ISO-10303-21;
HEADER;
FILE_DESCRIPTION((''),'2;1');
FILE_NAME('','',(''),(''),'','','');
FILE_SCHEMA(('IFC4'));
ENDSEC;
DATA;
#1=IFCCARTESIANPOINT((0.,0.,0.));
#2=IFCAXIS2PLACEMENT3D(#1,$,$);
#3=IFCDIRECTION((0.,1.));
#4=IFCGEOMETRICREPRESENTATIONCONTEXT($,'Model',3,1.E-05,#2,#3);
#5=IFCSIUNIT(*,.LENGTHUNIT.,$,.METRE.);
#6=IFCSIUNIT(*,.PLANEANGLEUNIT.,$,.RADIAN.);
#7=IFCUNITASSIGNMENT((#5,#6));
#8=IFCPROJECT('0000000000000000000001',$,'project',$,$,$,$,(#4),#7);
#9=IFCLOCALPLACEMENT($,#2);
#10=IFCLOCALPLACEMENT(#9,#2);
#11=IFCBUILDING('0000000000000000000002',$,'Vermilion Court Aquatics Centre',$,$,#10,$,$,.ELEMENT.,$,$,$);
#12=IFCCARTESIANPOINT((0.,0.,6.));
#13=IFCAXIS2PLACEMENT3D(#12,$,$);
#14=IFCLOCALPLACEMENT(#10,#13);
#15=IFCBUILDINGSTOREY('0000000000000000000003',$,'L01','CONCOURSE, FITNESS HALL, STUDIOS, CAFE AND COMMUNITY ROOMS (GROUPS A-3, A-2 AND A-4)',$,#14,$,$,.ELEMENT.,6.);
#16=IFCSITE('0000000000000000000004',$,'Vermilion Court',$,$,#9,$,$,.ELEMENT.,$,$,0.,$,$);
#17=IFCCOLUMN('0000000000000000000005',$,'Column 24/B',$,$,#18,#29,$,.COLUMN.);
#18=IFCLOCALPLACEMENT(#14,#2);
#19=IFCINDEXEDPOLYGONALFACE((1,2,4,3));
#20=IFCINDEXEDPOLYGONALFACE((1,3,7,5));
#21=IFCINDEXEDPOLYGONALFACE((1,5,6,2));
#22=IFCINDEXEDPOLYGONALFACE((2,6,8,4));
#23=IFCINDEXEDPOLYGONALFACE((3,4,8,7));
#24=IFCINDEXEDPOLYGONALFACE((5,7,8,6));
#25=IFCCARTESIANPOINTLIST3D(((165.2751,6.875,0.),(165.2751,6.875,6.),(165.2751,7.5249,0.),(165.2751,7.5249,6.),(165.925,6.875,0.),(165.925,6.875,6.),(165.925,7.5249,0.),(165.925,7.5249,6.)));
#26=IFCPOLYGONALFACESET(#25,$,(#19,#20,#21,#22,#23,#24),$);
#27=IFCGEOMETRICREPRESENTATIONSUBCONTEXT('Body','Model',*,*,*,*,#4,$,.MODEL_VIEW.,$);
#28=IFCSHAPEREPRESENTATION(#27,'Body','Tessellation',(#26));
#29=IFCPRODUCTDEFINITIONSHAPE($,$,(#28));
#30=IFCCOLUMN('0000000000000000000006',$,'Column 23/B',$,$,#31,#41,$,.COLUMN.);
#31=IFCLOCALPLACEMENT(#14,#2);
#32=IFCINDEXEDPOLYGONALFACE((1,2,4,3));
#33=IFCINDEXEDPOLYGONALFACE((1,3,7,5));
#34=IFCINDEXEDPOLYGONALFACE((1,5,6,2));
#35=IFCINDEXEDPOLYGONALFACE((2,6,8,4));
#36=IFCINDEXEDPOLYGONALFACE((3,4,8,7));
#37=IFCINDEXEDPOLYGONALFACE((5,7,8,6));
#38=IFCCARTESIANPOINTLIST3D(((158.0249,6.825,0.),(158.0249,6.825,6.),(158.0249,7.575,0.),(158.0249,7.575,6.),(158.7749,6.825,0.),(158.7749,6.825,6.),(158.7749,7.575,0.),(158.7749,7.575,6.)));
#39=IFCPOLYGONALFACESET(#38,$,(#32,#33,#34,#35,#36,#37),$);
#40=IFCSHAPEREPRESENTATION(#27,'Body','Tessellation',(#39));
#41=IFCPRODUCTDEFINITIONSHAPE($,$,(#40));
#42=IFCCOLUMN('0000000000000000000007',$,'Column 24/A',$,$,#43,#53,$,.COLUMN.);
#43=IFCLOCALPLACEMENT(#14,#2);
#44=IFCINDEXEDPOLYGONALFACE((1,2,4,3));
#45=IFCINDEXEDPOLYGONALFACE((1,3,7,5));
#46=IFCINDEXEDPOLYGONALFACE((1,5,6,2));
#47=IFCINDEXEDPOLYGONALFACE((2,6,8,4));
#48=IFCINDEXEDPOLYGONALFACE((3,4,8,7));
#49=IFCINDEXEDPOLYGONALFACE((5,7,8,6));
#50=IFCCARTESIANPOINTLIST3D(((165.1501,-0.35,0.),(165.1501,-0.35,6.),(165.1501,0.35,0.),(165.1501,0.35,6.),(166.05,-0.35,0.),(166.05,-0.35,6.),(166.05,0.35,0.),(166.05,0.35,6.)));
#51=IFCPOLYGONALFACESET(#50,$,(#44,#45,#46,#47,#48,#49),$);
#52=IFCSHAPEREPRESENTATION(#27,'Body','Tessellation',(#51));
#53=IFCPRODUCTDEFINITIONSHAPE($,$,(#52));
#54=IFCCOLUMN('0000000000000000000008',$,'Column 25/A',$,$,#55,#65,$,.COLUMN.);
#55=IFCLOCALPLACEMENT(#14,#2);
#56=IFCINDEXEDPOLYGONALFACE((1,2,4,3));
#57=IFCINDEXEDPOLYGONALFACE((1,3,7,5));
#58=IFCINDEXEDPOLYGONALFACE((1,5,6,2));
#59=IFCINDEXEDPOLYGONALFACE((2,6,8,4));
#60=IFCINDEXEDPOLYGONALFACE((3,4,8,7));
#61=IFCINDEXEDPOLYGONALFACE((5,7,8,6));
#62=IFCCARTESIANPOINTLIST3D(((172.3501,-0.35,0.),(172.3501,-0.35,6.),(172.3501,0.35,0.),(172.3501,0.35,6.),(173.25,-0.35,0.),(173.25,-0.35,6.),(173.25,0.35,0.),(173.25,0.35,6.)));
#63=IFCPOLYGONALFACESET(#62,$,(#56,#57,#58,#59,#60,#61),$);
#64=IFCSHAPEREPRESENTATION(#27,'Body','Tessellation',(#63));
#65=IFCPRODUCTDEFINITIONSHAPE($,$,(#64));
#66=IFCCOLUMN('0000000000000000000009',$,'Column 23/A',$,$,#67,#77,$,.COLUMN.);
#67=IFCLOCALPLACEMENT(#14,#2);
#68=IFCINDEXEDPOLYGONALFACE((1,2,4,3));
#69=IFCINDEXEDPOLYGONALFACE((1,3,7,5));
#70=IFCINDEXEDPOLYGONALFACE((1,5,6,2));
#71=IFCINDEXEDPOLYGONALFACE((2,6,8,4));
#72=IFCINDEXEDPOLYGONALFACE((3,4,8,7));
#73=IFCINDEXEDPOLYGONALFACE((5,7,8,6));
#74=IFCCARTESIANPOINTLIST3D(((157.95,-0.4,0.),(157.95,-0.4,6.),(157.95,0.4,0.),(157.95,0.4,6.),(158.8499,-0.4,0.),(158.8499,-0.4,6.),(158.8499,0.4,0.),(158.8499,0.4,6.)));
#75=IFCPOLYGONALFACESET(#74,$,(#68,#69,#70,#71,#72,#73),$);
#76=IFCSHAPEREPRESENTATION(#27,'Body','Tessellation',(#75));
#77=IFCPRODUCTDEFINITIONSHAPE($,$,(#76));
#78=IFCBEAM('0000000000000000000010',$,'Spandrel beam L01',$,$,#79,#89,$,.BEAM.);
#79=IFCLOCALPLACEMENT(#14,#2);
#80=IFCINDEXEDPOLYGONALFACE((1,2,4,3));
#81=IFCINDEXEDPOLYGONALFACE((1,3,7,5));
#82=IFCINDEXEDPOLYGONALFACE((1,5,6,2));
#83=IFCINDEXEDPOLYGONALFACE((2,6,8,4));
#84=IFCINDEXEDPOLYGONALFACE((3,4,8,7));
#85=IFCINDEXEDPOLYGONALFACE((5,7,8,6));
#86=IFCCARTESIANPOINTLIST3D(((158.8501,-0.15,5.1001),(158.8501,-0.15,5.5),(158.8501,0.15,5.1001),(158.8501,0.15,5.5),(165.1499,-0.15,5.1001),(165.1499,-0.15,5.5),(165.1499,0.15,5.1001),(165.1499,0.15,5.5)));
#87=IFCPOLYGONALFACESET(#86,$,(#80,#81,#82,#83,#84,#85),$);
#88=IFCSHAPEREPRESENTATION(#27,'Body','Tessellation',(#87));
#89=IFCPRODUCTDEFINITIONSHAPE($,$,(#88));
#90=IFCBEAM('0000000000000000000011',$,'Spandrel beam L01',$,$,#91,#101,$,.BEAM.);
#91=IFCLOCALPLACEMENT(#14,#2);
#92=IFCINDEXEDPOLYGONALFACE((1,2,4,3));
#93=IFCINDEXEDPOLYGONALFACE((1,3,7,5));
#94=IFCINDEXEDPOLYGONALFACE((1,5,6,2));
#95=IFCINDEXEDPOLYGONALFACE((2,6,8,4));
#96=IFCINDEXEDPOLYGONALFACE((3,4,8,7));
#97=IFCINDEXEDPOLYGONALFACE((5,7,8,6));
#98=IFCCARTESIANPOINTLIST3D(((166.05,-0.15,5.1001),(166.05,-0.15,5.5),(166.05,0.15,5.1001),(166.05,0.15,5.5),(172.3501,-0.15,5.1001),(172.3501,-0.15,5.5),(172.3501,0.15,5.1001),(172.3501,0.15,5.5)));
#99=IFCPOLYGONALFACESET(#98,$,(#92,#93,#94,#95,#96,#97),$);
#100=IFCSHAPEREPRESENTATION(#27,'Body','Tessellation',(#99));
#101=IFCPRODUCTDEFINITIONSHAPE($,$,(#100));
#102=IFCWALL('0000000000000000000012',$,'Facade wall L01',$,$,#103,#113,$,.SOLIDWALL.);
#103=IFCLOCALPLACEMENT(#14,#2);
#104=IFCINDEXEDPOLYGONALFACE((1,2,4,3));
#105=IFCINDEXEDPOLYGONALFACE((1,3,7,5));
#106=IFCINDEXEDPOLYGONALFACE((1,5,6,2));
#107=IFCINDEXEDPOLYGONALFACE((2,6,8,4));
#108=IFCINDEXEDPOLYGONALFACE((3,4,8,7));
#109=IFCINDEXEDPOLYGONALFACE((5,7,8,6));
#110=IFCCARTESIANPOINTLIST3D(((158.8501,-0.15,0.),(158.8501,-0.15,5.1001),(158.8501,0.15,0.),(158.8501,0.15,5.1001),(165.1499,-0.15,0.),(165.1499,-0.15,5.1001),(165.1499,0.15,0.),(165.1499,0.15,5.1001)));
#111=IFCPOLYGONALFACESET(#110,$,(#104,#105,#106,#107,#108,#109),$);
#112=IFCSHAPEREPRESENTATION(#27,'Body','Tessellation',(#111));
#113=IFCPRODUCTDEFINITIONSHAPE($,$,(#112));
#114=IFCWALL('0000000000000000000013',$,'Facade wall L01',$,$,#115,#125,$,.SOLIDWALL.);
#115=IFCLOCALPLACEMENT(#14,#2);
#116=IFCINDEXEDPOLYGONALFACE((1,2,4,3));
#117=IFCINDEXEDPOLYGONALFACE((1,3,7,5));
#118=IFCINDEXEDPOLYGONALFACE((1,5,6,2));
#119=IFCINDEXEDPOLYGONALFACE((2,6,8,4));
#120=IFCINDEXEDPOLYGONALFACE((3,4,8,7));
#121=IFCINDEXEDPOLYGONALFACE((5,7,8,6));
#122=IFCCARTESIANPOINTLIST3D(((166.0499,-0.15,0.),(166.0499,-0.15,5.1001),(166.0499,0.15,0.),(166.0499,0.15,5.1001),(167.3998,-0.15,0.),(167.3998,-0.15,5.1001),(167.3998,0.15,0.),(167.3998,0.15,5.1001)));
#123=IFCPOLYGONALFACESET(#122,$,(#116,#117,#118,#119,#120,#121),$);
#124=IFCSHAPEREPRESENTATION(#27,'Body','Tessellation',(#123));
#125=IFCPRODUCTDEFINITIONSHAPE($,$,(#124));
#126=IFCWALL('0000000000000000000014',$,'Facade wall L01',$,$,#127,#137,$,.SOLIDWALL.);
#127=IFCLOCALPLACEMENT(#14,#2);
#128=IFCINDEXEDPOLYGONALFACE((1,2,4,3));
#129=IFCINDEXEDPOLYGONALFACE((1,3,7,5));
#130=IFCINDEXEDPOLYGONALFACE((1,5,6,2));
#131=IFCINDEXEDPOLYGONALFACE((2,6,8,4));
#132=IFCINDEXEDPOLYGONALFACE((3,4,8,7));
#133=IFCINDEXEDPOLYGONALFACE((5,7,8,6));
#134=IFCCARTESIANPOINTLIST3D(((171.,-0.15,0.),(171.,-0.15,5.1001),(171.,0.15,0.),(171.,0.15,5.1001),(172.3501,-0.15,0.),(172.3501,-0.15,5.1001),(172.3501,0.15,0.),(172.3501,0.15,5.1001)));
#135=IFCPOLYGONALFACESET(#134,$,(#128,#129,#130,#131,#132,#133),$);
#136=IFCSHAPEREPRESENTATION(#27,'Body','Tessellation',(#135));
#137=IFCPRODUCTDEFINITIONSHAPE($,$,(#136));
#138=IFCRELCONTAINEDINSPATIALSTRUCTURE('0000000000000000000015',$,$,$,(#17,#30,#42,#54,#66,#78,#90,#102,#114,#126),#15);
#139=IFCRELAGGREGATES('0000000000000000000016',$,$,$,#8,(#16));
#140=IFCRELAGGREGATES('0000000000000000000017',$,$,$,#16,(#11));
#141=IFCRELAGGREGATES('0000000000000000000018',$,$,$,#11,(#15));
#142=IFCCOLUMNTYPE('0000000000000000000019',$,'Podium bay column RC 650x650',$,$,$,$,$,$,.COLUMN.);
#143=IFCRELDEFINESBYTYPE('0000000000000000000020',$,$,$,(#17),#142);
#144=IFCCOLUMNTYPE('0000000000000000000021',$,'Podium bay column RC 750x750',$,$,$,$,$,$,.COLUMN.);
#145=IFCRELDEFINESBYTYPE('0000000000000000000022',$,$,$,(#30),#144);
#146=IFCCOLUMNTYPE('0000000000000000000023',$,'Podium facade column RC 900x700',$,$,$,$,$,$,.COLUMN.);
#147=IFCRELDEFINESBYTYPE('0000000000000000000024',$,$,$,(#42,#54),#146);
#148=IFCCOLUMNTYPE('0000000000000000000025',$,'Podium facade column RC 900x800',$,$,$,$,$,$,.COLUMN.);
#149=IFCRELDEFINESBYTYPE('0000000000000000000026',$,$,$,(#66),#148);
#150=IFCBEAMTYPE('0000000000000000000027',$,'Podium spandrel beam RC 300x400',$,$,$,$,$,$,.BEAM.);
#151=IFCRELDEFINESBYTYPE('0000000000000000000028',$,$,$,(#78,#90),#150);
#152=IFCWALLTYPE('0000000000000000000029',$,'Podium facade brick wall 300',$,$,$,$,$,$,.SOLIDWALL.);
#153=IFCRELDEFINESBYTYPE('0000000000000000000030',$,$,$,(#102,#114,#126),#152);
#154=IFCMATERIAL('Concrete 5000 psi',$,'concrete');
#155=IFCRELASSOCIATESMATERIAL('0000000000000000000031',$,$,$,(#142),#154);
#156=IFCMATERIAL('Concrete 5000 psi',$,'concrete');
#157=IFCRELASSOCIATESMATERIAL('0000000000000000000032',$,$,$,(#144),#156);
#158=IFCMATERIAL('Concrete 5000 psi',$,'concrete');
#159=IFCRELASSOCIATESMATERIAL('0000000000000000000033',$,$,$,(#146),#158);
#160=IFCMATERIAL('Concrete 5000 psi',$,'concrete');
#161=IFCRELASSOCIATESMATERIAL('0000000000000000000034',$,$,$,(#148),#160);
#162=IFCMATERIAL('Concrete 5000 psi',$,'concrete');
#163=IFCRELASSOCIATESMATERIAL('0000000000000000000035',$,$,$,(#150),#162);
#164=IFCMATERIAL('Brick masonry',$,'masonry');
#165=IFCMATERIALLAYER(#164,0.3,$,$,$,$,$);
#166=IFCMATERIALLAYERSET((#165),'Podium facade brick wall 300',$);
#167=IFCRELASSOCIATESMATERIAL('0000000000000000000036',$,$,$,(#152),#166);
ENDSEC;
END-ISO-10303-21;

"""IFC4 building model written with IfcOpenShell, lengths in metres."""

from ifc_helpers import new_model, si_unit, direction, frame, frame_2d, origin, origin_2d, place, context, subcontext, project, spatial, rectangle, extrude, material, layer, layer_set, material_profile, profile_set, type_object, element, save


model = new_model("IFC4")

# Units and contexts
model_context = context("Model", 3, precision=1e-05, world=origin(), true_north=direction((0.0, 1.0)))
body_context = subcontext(model_context, "Body", "Model", "MODEL_VIEW")
ifc_project = project(units=[si_unit("LENGTHUNIT", "METRE"), si_unit("PLANEANGLEUNIT", "RADIAN")], contexts=[model_context])

# Site, building, storey
site_placement = place(None, origin())
site = spatial("IfcSite", under=ifc_project, at=site_placement, Name="Vermilion Court", CompositionType="ELEMENT", RefElevation=0.0)
building_placement = place(site_placement, origin())
building = spatial("IfcBuilding", under=site, at=building_placement, Name="Vermilion Court Aquatics Centre", CompositionType="ELEMENT")
storey_placement = place(building_placement, frame((0.0, 0.0, 6.0)))
storey = spatial("IfcBuildingStorey", under=building, at=storey_placement, Name="L01", Description="CONCOURSE, FITNESS HALL, STUDIOS, CAFE AND COMMUNITY ROOMS (GROUPS A-3, A-2 AND A-4)", CompositionType="ELEMENT", Elevation=6.0)

# Columns
ifc_material_1 = material(Name="Concrete 5000 psi", Category="concrete")
ifc_material_profile_1 = material_profile(ifc_material_1, rectangle(XDim=0.6499, YDim=0.6499, at=origin_2d()), Name="RC 650x650")
ifc_profile_set_1 = profile_set([ifc_material_profile_1], Name="Concrete 5000 psi")
column_type_1 = type_object("IfcColumnType", Name="Podium bay column RC 650x650", PredefinedType="COLUMN", material=ifc_profile_set_1)
column_1_placement = place(storey_placement, frame((165.6001, 7.2, 0.0), z_axis=(0.0, 0.0, 1.0), x_axis=(1.0, 0.0, 0.0)))
element("IfcColumn", 1, at=column_1_placement, inside=storey, type_object=column_type_1, Name="Column 24/B", PredefinedType="COLUMN", context=body_context, shape_type="SweptSolid", body=[
    extrude(rectangle(XDim=0.6499, YDim=0.6499, at=origin_2d()), origin(), (0.0, 0.0, 1.0), 6.0),
])
ifc_material_2 = material(Name="Concrete 5000 psi", Category="concrete")
ifc_material_profile_2 = material_profile(ifc_material_2, rectangle(XDim=0.75, YDim=0.75, at=origin_2d()), Name="RC 750x750")
ifc_profile_set_2 = profile_set([ifc_material_profile_2], Name="Concrete 5000 psi")
column_type_2 = type_object("IfcColumnType", Name="Podium bay column RC 750x750", PredefinedType="COLUMN", material=ifc_profile_set_2)
column_2_placement = place(storey_placement, frame((158.3999, 7.2, 0.0), z_axis=(0.0, 0.0, 1.0), x_axis=(1.0, 0.0, 0.0)))
element("IfcColumn", 2, at=column_2_placement, inside=storey, type_object=column_type_2, Name="Column 23/B", PredefinedType="COLUMN", context=body_context, shape_type="SweptSolid", body=[
    extrude(rectangle(XDim=0.75, YDim=0.75, at=origin_2d()), origin(), (0.0, 0.0, 1.0), 6.0),
])
ifc_material_3 = material(Name="Concrete 5000 psi", Category="concrete")
ifc_material_profile_3 = material_profile(ifc_material_3, rectangle(XDim=0.8999, YDim=0.7, at=origin_2d()), Name="RC 900x700")
ifc_profile_set_3 = profile_set([ifc_material_profile_3], Name="Concrete 5000 psi")
column_type_3 = type_object("IfcColumnType", Name="Podium facade column RC 900x700", PredefinedType="COLUMN", material=ifc_profile_set_3)
for number, where, z_axis, x_axis, name in (
    (3, (165.6001, 0.0, 0.0), (0.0, 0.0, 1.0), (1.0, 0.0, 0.0), "Column 24/A"),
    (4, (172.8, 0.0, 0.0), (0.0, 0.0, 1.0), (1.0, 0.0, 0.0), "Column 25/A"),
):
    element("IfcColumn", number, at=place(storey_placement, frame(where, z_axis=z_axis, x_axis=x_axis)), inside=storey, type_object=column_type_3, Name=name, PredefinedType="COLUMN", context=body_context, shape_type="SweptSolid", body=[
        extrude(rectangle(XDim=0.8999, YDim=0.7, at=origin_2d()), origin(), (0.0, 0.0, 1.0), 6.0),
    ])
ifc_material_4 = material(Name="Concrete 5000 psi", Category="concrete")
ifc_material_profile_4 = material_profile(ifc_material_4, rectangle(XDim=0.8999, YDim=0.8, at=origin_2d()), Name="RC 900x800")
ifc_profile_set_4 = profile_set([ifc_material_profile_4], Name="Concrete 5000 psi")
column_type_4 = type_object("IfcColumnType", Name="Podium facade column RC 900x800", PredefinedType="COLUMN", material=ifc_profile_set_4)
column_3_placement = place(storey_placement, frame((158.3999, 0.0, 0.0), z_axis=(0.0, 0.0, 1.0), x_axis=(1.0, 0.0, 0.0)))
element("IfcColumn", 5, at=column_3_placement, inside=storey, type_object=column_type_4, Name="Column 23/A", PredefinedType="COLUMN", context=body_context, shape_type="SweptSolid", body=[
    extrude(rectangle(XDim=0.8999, YDim=0.8, at=origin_2d()), origin(), (0.0, 0.0, 1.0), 6.0),
])

# Beams
ifc_material_5 = material(Name="Concrete 5000 psi", Category="concrete")
ifc_material_profile_5 = material_profile(ifc_material_5, rectangle(XDim=0.3, YDim=0.3999, at=origin_2d()), Name="RC 300x400")
ifc_profile_set_5 = profile_set([ifc_material_profile_5], Name="Concrete 5000 psi")
beam_type = type_object("IfcBeamType", Name="Podium spandrel beam RC 300x400", PredefinedType="BEAM", material=ifc_profile_set_5)
beam_1_placement = place(storey_placement, frame((158.8501, 0.0, 5.3), z_axis=(1.0, 0.0, 0.0), x_axis=(0.0, 1.0, 0.0)))
element("IfcBeam", 6, at=beam_1_placement, inside=storey, type_object=beam_type, Name="Spandrel beam L01", PredefinedType="BEAM", context=body_context, shape_type="SweptSolid", body=[
    extrude(rectangle(XDim=0.3, YDim=0.3999, at=origin_2d()), origin(), (0.0, 0.0, 1.0), 6.2998),
])
beam_2_placement = place(storey_placement, frame((166.05, 0.0, 5.3), z_axis=(1.0, 0.0, 0.0), x_axis=(0.0, 1.0, 0.0)))
element("IfcBeam", 7, at=beam_2_placement, inside=storey, type_object=beam_type, Name="Spandrel beam L01", PredefinedType="BEAM", context=body_context, shape_type="SweptSolid", body=[
    extrude(rectangle(XDim=0.3, YDim=0.3999, at=origin_2d()), origin(), (0.0, 0.0, 1.0), 6.3),
])

# Walls
ifc_material_6 = material(Name="Brick masonry", Category="masonry")
ifc_layer_1 = layer(ifc_material_6, 0.3)
ifc_layer_set_1 = layer_set([ifc_layer_1], Name="Podium facade brick wall 300")
wall_type_1 = type_object("IfcWallType", Name="Podium facade brick wall 300", PredefinedType="SOLIDWALL", material=ifc_layer_set_1)
wall_1_placement = place(storey_placement, frame((158.8501, 0.0, 0.0), z_axis=(0.0, 0.0, 1.0), x_axis=(1.0, 0.0, 0.0)))
element("IfcWall", 8, at=wall_1_placement, inside=storey, type_object=wall_type_1, Name="Facade wall L01", PredefinedType="SOLIDWALL", context=body_context, shape_type="SweptSolid", body=[
    extrude(rectangle(XDim=6.2998, YDim=0.3, at=frame_2d((3.1499, 0.0))), origin(), (0.0, 0.0, 1.0), 5.1001),
])
wall_2_placement = place(storey_placement, frame((166.05, 0.0, 0.0), z_axis=(0.0, 0.0, 1.0), x_axis=(1.0, 0.0, 0.0)))
element("IfcWall", 9, at=wall_2_placement, inside=storey, type_object=wall_type_1, Name="Facade wall L01", PredefinedType="SOLIDWALL", context=body_context, shape_type="SweptSolid", body=[
    extrude(rectangle(XDim=1.3499, YDim=0.3, at=frame_2d((0.6748, 0.0))), origin(), (0.0, 0.0, 1.0), 5.1001),
])
wall_3_placement = place(storey_placement, frame((171.0, 0.0, 0.0), z_axis=(0.0, 0.0, 1.0), x_axis=(1.0, 0.0, 0.0)))
element("IfcWall", 10, at=wall_3_placement, inside=storey, type_object=wall_type_1, Name="Facade wall L01", PredefinedType="SOLIDWALL", context=body_context, shape_type="SweptSolid", body=[
    extrude(rectangle(XDim=1.3501, YDim=0.3, at=frame_2d((0.675, 0.0))), origin(), (0.0, 0.0, 1.0), 5.1001),
])

save(model, "model.ifc")
